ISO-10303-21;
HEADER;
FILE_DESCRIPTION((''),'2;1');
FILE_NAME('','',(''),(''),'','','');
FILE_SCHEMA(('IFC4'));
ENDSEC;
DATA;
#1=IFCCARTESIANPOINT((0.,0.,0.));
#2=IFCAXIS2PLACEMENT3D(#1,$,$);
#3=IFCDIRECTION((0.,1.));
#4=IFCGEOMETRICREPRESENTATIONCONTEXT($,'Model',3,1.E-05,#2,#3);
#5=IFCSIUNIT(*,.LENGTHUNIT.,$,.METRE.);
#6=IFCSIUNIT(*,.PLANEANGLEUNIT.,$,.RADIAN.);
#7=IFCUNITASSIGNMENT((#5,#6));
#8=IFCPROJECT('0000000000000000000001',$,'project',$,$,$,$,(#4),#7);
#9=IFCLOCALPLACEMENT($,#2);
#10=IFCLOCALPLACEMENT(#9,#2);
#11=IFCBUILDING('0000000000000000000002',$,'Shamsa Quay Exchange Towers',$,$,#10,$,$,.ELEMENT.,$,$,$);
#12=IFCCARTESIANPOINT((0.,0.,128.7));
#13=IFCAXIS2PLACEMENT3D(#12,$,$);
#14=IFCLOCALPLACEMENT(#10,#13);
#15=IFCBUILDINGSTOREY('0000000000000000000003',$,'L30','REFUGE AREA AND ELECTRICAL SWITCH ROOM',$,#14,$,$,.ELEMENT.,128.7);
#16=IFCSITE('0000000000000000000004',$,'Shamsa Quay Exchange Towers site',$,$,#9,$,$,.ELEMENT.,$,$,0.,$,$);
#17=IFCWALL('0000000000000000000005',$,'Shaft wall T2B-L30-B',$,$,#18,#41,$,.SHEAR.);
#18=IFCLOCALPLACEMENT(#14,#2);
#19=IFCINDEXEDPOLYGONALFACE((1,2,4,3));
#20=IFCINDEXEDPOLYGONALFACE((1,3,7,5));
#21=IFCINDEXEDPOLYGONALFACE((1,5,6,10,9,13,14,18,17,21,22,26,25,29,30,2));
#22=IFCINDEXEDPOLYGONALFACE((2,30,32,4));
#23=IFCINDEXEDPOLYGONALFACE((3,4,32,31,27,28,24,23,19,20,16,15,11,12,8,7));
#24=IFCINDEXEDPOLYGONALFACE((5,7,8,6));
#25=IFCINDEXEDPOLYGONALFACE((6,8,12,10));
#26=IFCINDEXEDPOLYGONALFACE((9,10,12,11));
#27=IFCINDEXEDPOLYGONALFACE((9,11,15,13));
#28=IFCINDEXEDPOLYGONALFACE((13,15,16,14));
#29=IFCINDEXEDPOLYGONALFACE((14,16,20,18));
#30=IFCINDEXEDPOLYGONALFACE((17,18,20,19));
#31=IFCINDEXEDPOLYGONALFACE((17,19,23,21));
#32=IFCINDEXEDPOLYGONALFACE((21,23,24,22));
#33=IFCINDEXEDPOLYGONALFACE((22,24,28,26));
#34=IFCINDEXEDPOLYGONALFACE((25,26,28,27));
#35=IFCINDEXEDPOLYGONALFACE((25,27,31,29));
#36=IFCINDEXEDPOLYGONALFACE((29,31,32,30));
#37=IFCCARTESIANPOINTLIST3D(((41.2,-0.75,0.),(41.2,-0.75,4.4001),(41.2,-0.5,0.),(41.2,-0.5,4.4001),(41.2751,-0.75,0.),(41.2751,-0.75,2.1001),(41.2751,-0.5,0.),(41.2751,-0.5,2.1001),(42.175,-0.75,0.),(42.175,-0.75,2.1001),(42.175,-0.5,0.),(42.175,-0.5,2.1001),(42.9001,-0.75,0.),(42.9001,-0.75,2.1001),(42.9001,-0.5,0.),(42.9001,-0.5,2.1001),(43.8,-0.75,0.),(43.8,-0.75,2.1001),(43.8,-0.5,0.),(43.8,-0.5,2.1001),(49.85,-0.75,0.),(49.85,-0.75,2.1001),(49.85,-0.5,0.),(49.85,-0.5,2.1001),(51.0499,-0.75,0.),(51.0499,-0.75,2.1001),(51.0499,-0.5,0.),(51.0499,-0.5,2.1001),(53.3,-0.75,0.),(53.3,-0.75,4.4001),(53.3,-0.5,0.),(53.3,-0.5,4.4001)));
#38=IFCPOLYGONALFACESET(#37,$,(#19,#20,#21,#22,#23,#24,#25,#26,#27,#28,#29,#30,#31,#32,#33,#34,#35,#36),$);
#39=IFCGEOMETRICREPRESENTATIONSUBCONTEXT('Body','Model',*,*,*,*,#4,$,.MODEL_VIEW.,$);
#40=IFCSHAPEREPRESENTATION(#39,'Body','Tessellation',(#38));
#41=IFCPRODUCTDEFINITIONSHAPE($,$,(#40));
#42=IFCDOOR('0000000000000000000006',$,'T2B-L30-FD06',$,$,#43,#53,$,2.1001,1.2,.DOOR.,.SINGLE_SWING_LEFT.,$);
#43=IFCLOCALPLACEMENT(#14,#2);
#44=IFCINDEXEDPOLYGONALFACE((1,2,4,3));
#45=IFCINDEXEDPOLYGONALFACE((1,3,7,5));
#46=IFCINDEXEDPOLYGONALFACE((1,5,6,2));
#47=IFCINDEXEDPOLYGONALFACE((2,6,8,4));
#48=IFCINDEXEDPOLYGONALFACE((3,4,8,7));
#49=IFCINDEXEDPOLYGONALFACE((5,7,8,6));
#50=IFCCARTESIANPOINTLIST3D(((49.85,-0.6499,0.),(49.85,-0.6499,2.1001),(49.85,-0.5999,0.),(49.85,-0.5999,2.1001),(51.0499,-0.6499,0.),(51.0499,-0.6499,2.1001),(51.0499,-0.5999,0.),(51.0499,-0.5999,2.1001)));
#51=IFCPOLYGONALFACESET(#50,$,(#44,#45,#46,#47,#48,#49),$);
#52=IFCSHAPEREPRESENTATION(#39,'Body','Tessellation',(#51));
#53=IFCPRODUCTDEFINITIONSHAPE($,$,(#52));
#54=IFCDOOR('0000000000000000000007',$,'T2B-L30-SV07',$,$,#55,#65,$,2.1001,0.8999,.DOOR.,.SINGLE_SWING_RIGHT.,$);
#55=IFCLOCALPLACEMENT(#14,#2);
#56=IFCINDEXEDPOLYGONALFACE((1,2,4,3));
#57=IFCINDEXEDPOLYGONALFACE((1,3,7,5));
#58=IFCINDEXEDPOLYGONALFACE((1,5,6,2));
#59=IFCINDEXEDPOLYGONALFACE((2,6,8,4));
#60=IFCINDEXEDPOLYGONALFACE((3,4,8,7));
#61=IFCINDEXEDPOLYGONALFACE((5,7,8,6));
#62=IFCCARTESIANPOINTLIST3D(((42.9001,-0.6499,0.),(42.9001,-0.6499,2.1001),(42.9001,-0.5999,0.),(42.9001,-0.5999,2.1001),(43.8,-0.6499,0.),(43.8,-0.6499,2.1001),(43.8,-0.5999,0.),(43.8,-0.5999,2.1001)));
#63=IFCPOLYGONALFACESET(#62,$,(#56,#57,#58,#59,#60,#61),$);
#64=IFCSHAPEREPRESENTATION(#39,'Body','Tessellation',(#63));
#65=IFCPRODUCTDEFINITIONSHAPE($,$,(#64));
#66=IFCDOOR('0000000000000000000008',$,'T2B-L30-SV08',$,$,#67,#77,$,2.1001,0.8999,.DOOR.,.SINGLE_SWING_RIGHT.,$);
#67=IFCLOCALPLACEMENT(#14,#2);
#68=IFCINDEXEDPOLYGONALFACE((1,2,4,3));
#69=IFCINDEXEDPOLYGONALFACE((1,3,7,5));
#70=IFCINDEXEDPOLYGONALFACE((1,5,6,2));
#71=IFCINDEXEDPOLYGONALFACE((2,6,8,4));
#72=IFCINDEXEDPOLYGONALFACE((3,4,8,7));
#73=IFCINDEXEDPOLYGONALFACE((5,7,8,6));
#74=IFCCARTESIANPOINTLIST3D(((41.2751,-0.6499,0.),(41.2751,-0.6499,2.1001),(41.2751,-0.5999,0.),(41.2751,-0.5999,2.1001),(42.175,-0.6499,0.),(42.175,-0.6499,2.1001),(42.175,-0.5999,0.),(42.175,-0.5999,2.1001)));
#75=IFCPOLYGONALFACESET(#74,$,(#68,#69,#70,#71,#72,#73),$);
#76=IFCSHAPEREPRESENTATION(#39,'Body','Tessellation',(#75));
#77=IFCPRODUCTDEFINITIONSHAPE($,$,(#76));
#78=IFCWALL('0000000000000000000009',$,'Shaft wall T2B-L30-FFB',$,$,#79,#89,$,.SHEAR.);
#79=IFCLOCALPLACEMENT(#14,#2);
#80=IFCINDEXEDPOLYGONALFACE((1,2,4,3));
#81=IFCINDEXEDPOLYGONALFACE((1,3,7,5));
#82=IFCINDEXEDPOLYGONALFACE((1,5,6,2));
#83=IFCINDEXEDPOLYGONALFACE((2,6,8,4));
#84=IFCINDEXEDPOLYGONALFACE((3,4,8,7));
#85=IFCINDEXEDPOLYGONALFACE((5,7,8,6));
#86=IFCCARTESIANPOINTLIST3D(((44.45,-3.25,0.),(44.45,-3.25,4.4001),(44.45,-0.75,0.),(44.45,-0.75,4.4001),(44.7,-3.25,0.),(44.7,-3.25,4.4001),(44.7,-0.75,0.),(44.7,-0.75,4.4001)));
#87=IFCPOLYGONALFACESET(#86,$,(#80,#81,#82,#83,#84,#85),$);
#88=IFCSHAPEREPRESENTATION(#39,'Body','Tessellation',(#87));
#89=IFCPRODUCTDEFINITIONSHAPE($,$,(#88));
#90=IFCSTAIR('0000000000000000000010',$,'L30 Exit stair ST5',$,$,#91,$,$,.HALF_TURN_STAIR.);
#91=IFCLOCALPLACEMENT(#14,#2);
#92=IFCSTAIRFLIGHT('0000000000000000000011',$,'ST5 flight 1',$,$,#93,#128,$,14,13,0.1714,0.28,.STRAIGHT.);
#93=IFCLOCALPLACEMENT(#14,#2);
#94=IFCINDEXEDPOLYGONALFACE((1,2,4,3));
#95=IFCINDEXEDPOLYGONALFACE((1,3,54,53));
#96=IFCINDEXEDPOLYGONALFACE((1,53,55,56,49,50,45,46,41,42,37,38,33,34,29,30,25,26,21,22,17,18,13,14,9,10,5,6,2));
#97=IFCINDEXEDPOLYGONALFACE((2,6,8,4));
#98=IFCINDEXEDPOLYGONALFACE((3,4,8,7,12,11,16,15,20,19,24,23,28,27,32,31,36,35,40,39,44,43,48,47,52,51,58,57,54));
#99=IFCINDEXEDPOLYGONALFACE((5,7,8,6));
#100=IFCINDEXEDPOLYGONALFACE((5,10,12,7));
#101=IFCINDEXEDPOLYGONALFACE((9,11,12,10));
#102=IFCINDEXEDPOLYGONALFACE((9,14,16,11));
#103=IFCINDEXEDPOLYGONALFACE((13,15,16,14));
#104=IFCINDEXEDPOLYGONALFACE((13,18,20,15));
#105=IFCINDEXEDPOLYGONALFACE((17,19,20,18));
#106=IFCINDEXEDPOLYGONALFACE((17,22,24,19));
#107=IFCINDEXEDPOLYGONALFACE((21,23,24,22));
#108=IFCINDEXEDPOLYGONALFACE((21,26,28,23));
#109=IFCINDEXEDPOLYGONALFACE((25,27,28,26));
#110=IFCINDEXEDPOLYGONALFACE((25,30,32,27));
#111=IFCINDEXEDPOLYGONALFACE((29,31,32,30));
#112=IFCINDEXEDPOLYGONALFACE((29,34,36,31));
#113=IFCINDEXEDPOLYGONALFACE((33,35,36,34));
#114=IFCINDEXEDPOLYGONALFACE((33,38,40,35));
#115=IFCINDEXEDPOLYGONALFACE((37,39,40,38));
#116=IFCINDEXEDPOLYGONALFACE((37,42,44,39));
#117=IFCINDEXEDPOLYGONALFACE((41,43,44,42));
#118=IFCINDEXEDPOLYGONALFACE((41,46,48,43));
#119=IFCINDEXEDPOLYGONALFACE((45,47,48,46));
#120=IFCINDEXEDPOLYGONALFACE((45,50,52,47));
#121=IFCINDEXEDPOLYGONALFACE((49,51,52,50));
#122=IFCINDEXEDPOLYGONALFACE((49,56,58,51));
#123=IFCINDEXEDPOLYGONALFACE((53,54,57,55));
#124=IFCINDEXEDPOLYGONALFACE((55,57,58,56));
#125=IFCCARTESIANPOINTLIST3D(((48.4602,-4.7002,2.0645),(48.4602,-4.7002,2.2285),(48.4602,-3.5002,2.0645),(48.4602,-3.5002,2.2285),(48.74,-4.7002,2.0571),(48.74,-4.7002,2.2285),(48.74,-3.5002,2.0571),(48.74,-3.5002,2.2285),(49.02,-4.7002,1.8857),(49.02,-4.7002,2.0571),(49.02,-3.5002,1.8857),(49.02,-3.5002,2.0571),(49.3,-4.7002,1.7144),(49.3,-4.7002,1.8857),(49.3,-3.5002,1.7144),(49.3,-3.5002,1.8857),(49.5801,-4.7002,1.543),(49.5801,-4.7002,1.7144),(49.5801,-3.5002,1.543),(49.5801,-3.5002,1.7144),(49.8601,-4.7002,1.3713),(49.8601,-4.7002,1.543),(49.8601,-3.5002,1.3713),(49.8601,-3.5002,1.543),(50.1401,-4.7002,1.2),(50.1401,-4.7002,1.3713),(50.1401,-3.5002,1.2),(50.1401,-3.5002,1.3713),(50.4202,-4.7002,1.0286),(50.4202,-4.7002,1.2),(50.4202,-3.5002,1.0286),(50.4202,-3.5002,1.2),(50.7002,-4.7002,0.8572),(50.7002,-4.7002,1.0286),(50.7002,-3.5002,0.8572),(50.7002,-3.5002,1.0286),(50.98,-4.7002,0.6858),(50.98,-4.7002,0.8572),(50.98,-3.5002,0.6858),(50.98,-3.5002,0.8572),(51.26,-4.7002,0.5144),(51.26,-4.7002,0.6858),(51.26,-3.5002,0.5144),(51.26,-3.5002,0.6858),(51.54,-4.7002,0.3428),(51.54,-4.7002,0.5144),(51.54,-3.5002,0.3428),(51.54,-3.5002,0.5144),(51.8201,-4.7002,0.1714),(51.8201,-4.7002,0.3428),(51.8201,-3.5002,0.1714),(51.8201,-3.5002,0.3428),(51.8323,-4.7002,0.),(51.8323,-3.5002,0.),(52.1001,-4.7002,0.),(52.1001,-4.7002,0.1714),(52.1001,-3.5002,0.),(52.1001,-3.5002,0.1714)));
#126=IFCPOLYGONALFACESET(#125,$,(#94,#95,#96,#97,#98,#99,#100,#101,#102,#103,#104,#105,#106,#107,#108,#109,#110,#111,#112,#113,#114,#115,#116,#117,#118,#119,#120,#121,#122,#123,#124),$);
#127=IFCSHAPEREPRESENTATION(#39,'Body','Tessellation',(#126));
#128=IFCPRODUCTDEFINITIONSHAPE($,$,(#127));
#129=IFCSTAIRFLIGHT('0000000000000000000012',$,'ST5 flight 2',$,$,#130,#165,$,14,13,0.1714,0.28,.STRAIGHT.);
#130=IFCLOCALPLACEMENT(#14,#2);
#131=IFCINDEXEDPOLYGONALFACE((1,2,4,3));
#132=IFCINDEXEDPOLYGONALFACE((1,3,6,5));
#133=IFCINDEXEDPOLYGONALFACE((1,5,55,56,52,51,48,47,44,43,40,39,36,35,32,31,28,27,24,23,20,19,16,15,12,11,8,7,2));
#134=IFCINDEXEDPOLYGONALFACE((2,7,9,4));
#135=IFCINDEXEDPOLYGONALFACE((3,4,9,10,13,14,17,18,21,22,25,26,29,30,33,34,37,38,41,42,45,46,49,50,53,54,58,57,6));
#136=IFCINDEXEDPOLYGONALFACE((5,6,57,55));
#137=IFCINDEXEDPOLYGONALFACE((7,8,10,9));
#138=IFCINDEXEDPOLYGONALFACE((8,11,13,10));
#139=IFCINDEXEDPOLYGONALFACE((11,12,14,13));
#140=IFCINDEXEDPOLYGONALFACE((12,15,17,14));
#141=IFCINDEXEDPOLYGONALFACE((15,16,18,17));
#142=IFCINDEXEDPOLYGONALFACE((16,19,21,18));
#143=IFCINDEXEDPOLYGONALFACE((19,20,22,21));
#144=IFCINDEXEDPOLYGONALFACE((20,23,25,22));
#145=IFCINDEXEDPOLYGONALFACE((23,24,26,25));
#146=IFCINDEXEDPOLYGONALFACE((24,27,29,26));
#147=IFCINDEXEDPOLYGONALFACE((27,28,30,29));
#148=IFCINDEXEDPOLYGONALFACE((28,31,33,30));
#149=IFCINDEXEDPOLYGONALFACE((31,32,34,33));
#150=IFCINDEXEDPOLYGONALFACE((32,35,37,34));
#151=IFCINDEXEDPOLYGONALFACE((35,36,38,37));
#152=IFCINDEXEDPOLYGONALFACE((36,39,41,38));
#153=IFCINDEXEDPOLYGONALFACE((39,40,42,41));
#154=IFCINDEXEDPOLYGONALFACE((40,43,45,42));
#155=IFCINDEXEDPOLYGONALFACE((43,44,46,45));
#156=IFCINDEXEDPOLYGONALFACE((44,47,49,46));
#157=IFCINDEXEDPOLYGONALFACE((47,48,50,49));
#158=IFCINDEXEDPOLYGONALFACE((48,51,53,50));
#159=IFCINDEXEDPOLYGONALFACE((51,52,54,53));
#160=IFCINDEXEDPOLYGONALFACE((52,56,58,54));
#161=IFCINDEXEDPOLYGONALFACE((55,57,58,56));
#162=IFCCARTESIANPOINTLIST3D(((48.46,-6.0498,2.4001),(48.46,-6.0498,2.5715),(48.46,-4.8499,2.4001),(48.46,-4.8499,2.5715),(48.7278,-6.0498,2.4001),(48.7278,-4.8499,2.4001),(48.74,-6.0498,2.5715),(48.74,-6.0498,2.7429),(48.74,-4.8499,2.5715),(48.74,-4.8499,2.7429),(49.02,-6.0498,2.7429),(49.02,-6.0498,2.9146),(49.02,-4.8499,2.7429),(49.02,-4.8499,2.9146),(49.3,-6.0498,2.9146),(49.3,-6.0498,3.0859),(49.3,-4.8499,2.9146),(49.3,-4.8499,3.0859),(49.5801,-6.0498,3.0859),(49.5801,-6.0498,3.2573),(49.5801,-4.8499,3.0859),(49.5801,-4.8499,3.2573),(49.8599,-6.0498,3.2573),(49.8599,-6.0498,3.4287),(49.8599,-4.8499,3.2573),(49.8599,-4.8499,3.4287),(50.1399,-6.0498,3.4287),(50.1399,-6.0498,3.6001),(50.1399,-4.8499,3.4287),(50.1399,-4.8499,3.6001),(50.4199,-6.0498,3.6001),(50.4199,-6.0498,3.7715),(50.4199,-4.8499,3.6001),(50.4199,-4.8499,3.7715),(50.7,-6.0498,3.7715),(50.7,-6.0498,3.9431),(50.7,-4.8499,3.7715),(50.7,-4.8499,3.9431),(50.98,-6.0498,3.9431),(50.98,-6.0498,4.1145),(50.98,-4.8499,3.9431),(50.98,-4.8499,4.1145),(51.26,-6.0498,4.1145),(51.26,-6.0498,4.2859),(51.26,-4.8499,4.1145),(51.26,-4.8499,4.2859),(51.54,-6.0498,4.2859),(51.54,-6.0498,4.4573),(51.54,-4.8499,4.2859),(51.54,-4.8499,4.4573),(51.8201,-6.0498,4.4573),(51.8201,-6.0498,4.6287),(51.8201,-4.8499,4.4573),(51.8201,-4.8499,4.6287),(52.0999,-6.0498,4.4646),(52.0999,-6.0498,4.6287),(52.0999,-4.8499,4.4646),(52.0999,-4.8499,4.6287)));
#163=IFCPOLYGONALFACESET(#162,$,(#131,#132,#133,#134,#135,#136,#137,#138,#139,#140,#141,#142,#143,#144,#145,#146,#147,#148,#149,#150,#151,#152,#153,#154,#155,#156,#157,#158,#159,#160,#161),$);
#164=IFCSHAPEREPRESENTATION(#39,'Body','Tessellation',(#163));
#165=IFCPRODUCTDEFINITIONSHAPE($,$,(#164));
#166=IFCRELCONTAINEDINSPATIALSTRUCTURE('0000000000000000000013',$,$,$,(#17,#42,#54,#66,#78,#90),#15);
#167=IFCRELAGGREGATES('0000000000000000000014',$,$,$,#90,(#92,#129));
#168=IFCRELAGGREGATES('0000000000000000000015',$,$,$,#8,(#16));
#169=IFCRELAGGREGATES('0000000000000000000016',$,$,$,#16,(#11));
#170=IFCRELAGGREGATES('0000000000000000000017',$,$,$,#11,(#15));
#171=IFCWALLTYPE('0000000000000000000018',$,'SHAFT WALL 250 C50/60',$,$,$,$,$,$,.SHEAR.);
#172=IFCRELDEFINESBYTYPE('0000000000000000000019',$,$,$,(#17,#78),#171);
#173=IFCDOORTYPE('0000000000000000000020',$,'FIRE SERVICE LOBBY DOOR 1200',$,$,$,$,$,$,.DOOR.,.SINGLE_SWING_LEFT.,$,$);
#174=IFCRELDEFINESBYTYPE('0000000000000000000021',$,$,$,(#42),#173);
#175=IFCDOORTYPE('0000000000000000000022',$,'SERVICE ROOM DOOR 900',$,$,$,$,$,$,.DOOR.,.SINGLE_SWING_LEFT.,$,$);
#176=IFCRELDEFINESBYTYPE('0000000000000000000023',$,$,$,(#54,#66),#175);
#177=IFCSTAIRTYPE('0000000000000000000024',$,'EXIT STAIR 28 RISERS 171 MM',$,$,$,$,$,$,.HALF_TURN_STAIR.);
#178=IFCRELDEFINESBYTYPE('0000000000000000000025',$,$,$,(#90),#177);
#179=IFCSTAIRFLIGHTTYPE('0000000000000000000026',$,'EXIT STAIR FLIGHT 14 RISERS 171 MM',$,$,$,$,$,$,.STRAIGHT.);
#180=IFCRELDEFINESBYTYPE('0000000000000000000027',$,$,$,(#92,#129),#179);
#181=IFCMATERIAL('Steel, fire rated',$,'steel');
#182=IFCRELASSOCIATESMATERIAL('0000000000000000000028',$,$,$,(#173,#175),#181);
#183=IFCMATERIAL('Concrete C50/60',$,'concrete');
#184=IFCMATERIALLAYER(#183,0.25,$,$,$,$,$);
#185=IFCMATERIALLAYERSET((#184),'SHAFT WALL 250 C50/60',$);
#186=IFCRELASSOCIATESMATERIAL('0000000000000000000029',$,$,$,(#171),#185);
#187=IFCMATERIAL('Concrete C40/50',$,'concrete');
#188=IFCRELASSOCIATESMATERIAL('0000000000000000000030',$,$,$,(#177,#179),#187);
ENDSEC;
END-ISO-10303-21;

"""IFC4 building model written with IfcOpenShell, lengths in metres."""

from ifc_helpers import new_model, si_unit, direction, frame, frame_2d, origin, place, context, subcontext, project, spatial, polyline, rectangle, outline, extrude, material, layer, layer_set, type_object, element, fill, aggregate, save


model = new_model("IFC4")

# Units and contexts
model_context = context("Model", 3, precision=1e-05, world=origin(), true_north=direction((0.0, 1.0)))
body_context = subcontext(model_context, "Body", "Model", "MODEL_VIEW")
ifc_project = project(units=[si_unit("LENGTHUNIT", "METRE"), si_unit("PLANEANGLEUNIT", "RADIAN")], contexts=[model_context])

# Site, building, storey
site_placement = place(None, origin())
site = spatial("IfcSite", under=ifc_project, at=site_placement, Name="Shamsa Quay Exchange Towers site", CompositionType="ELEMENT", RefElevation=0.0)
building_placement = place(site_placement, origin())
building = spatial("IfcBuilding", under=site, at=building_placement, Name="Shamsa Quay Exchange Towers", CompositionType="ELEMENT")
storey_placement = place(building_placement, frame((0.0, 0.0, 128.7)))
storey = spatial("IfcBuildingStorey", under=building, at=storey_placement, Name="L30", Description="REFUGE AREA AND ELECTRICAL SWITCH ROOM", CompositionType="ELEMENT", Elevation=128.7)

# Shared definitions
ifc_material_1 = material(Name="Steel, fire rated", Category="steel")
door_type_1 = type_object("IfcDoorType", Name="FIRE SERVICE LOBBY DOOR 1200", OperationType="SINGLE_SWING_LEFT", PredefinedType="DOOR", material=ifc_material_1)

# Shared definitions
ifc_material_2 = material(Name="Concrete C50/60", Category="concrete")
ifc_layer_1 = layer(ifc_material_2, 0.25)
ifc_layer_set_1 = layer_set([ifc_layer_1], Name="SHAFT WALL 250 C50/60")
wall_type_1 = type_object("IfcWallType", Name="SHAFT WALL 250 C50/60", PredefinedType="SHEAR", material=ifc_layer_set_1)

# Wall, openings, doors
wall_1_placement = place(storey_placement, frame((53.3, -0.625, 0.0), z_axis=(0.0, 0.0, 1.0), x_axis=(-1.0, 0.0, 0.0)))
wall_1 = element("IfcWall", 1, at=wall_1_placement, inside=storey, type_object=wall_type_1, Name="Shaft wall T2B-L30-B", PredefinedType="SHEAR", context=body_context, shape_type="SweptSolid", body=[
    extrude(rectangle(XDim=12.1001, YDim=0.25, at=frame_2d((6.05, 0.0))), origin(), (0.0, 0.0, 1.0), 4.4001),
])
opening_1_placement = place(wall_1_placement, frame((2.25, 0.0, 0.0)))
opening_1 = element("IfcOpeningElement", 2, at=opening_1_placement, cuts=wall_1, PredefinedType="OPENING", context=body_context, shape_type="SweptSolid", body=[
    extrude(rectangle(XDim=1.2, YDim=2.1001, at=frame_2d((0.6001, 1.05))), frame((0.0, 0.135, 0.0), z_axis=(0.0, -1.0, 0.0), x_axis=(1.0, 0.0, 0.0)), (0.0, 0.0, 1.0), 0.27),
])
opening_2_placement = place(wall_1_placement, frame((9.5, 0.0, 0.0)))
opening_2 = element("IfcOpeningElement", 3, at=opening_2_placement, cuts=wall_1, PredefinedType="OPENING", context=body_context, shape_type="SweptSolid", body=[
    extrude(rectangle(XDim=0.8999, YDim=2.1001, at=frame_2d((0.45, 1.05))), frame((0.0, 0.135, 0.0), z_axis=(0.0, -1.0, 0.0), x_axis=(1.0, 0.0, 0.0)), (0.0, 0.0, 1.0), 0.27),
])
opening_3_placement = place(wall_1_placement, frame((11.125, 0.0, 0.0)))
opening_3 = element("IfcOpeningElement", 4, at=opening_3_placement, cuts=wall_1, PredefinedType="OPENING", context=body_context, shape_type="SweptSolid", body=[
    extrude(rectangle(XDim=0.8999, YDim=2.1001, at=frame_2d((0.45, 1.05))), frame((0.0, 0.135, 0.0), z_axis=(0.0, -1.0, 0.0), x_axis=(1.0, 0.0, 0.0)), (0.0, 0.0, 1.0), 0.27),
])
door_1_placement = place(opening_1_placement, origin())
door_1 = element("IfcDoor", 5, at=door_1_placement, inside=storey, type_object=door_type_1, Name="T2B-L30-FD06", OperationType="SINGLE_SWING_LEFT", OverallHeight=2.1001, OverallWidth=1.2, PredefinedType="DOOR", context=body_context, shape_type="SweptSolid", body=[
    extrude(rectangle(XDim=1.2, YDim=2.1001, at=frame_2d((0.6001, 1.05))), frame((0.0, 0.0249, 0.0), z_axis=(0.0, -1.0, 0.0), x_axis=(1.0, 0.0, 0.0)), (0.0, 0.0, 1.0), 0.05),
])
fill(opening_1, door_1)
door_type_2 = type_object("IfcDoorType", Name="SERVICE ROOM DOOR 900", OperationType="SINGLE_SWING_LEFT", PredefinedType="DOOR", material=ifc_material_1)
door_2_placement = place(opening_2_placement, origin())
door_2 = element("IfcDoor", 6, at=door_2_placement, inside=storey, type_object=door_type_2, Name="T2B-L30-SV07", OperationType="SINGLE_SWING_RIGHT", OverallHeight=2.1001, OverallWidth=0.8999, PredefinedType="DOOR", context=body_context, shape_type="SweptSolid", body=[
    extrude(rectangle(XDim=0.8999, YDim=2.1001, at=frame_2d((0.45, 1.05))), frame((0.0, 0.0249, 0.0), z_axis=(0.0, -1.0, 0.0), x_axis=(1.0, 0.0, 0.0)), (0.0, 0.0, 1.0), 0.05),
])
fill(opening_2, door_2)
door_3_placement = place(opening_3_placement, origin())
door_3 = element("IfcDoor", 7, at=door_3_placement, inside=storey, type_object=door_type_2, Name="T2B-L30-SV08", OperationType="SINGLE_SWING_RIGHT", OverallHeight=2.1001, OverallWidth=0.8999, PredefinedType="DOOR", context=body_context, shape_type="SweptSolid", body=[
    extrude(rectangle(XDim=0.8999, YDim=2.1001, at=frame_2d((0.45, 1.05))), frame((0.0, 0.0249, 0.0), z_axis=(0.0, -1.0, 0.0), x_axis=(1.0, 0.0, 0.0)), (0.0, 0.0, 1.0), 0.05),
])
fill(opening_3, door_3)

# Wall
wall_2_placement = place(storey_placement, frame((44.575, -3.25, 0.0), z_axis=(0.0, 0.0, 1.0), x_axis=(0.0, 1.0, 0.0)))
element("IfcWall", 8, at=wall_2_placement, inside=storey, type_object=wall_type_1, Name="Shaft wall T2B-L30-FFB", PredefinedType="SHEAR", context=body_context, shape_type="SweptSolid", body=[
    extrude(rectangle(XDim=2.5, YDim=0.25, at=frame_2d((1.25, 0.0))), origin(), (0.0, 0.0, 1.0), 4.4001),
])

# Stair, stair flights
ifc_material_3 = material(Name="Concrete C40/50", Category="concrete")
stair_type = type_object("IfcStairType", Name="EXIT STAIR 28 RISERS 171 MM", PredefinedType="HALF_TURN_STAIR", material=ifc_material_3)
stair_placement = place(storey_placement, origin())
stair = element("IfcStair", 9, at=stair_placement, inside=storey, type_object=stair_type, Name="L30 Exit stair ST5", PredefinedType="HALF_TURN_STAIR")
stair_flight_type = type_object("IfcStairFlightType", Name="EXIT STAIR FLIGHT 14 RISERS 171 MM", PredefinedType="STRAIGHT", material=ifc_material_3)
stair_flight_1_placement = place(storey_placement, frame((52.1001, -4.1001, 0.0), z_axis=(0.0, 0.0, 1.0), x_axis=(-1.0, 0.0, 0.0)))
stair_flight_1 = element("IfcStairFlight", 10, at=stair_flight_1_placement, type_object=stair_flight_type, Name="ST5 flight 1", NumberOfRisers=14, NumberOfTreads=13, PredefinedType="STRAIGHT", RiserHeight=0.1714, TreadLength=0.28, context=body_context, shape_type="SweptSolid", body=[
    extrude(outline(polyline([(0.0, 0.0), (0.0, 0.1714), (0.28, 0.1714), (0.28, 0.3428), (0.5601, 0.3428), (0.5601, 0.5144), (0.8401, 0.5144), (0.8401, 0.6858), (1.1201, 0.6858), (1.1201, 0.8572), (1.3999, 0.8572), (1.3999, 1.0286), (1.6799, 1.0286), (1.6799, 1.2), (1.96, 1.2), (1.96, 1.3713), (2.24, 1.3713), (2.24, 1.543), (2.52, 1.543), (2.52, 1.7144), (2.8, 1.7144), (2.8, 1.8857), (3.0801, 1.8857), (3.0801, 2.0571), (3.3601, 2.0571), (3.3601, 2.2285), (3.6399, 2.2285), (3.6399, 2.3999), (3.6399, 2.0645), (0.2678, 0.0), (0.0, 0.0)])), frame((0.0, 0.6001, 0.0), z_axis=(0.0, -1.0, 0.0), x_axis=(1.0, 0.0, 0.0)), (0.0, 0.0, 1.0), 1.2),
])
stair_flight_2_placement = place(storey_placement, frame((48.46, -5.45, 2.4001)))
stair_flight_2 = element("IfcStairFlight", 11, at=stair_flight_2_placement, type_object=stair_flight_type, Name="ST5 flight 2", NumberOfRisers=14, NumberOfTreads=13, PredefinedType="STRAIGHT", RiserHeight=0.1714, TreadLength=0.28, context=body_context, shape_type="SweptSolid", body=[
    extrude(outline(polyline([(0.0, 0.0), (0.0, 0.1714), (0.28, 0.1714), (0.28, 0.3428), (0.5601, 0.3428), (0.5601, 0.5144), (0.8401, 0.5144), (0.8401, 0.6858), (1.1201, 0.6858), (1.1201, 0.8572), (1.3999, 0.8572), (1.3999, 1.0286), (1.6799, 1.0286), (1.6799, 1.2), (1.96, 1.2), (1.96, 1.3713), (2.24, 1.3713), (2.24, 1.543), (2.52, 1.543), (2.52, 1.7144), (2.8, 1.7144), (2.8, 1.8857), (3.0801, 1.8857), (3.0801, 2.0571), (3.3601, 2.0571), (3.3601, 2.2285), (3.6399, 2.2285), (3.6399, 2.3999), (3.6399, 2.0645), (0.2678, 0.0), (0.0, 0.0)])), frame((0.0, 0.6001, 0.0), z_axis=(0.0, -1.0, 0.0), x_axis=(1.0, 0.0, 0.0)), (0.0, 0.0, 1.0), 1.2),
])
aggregate(stair, [stair_flight_1, stair_flight_2])

save(model, "model.ifc")
